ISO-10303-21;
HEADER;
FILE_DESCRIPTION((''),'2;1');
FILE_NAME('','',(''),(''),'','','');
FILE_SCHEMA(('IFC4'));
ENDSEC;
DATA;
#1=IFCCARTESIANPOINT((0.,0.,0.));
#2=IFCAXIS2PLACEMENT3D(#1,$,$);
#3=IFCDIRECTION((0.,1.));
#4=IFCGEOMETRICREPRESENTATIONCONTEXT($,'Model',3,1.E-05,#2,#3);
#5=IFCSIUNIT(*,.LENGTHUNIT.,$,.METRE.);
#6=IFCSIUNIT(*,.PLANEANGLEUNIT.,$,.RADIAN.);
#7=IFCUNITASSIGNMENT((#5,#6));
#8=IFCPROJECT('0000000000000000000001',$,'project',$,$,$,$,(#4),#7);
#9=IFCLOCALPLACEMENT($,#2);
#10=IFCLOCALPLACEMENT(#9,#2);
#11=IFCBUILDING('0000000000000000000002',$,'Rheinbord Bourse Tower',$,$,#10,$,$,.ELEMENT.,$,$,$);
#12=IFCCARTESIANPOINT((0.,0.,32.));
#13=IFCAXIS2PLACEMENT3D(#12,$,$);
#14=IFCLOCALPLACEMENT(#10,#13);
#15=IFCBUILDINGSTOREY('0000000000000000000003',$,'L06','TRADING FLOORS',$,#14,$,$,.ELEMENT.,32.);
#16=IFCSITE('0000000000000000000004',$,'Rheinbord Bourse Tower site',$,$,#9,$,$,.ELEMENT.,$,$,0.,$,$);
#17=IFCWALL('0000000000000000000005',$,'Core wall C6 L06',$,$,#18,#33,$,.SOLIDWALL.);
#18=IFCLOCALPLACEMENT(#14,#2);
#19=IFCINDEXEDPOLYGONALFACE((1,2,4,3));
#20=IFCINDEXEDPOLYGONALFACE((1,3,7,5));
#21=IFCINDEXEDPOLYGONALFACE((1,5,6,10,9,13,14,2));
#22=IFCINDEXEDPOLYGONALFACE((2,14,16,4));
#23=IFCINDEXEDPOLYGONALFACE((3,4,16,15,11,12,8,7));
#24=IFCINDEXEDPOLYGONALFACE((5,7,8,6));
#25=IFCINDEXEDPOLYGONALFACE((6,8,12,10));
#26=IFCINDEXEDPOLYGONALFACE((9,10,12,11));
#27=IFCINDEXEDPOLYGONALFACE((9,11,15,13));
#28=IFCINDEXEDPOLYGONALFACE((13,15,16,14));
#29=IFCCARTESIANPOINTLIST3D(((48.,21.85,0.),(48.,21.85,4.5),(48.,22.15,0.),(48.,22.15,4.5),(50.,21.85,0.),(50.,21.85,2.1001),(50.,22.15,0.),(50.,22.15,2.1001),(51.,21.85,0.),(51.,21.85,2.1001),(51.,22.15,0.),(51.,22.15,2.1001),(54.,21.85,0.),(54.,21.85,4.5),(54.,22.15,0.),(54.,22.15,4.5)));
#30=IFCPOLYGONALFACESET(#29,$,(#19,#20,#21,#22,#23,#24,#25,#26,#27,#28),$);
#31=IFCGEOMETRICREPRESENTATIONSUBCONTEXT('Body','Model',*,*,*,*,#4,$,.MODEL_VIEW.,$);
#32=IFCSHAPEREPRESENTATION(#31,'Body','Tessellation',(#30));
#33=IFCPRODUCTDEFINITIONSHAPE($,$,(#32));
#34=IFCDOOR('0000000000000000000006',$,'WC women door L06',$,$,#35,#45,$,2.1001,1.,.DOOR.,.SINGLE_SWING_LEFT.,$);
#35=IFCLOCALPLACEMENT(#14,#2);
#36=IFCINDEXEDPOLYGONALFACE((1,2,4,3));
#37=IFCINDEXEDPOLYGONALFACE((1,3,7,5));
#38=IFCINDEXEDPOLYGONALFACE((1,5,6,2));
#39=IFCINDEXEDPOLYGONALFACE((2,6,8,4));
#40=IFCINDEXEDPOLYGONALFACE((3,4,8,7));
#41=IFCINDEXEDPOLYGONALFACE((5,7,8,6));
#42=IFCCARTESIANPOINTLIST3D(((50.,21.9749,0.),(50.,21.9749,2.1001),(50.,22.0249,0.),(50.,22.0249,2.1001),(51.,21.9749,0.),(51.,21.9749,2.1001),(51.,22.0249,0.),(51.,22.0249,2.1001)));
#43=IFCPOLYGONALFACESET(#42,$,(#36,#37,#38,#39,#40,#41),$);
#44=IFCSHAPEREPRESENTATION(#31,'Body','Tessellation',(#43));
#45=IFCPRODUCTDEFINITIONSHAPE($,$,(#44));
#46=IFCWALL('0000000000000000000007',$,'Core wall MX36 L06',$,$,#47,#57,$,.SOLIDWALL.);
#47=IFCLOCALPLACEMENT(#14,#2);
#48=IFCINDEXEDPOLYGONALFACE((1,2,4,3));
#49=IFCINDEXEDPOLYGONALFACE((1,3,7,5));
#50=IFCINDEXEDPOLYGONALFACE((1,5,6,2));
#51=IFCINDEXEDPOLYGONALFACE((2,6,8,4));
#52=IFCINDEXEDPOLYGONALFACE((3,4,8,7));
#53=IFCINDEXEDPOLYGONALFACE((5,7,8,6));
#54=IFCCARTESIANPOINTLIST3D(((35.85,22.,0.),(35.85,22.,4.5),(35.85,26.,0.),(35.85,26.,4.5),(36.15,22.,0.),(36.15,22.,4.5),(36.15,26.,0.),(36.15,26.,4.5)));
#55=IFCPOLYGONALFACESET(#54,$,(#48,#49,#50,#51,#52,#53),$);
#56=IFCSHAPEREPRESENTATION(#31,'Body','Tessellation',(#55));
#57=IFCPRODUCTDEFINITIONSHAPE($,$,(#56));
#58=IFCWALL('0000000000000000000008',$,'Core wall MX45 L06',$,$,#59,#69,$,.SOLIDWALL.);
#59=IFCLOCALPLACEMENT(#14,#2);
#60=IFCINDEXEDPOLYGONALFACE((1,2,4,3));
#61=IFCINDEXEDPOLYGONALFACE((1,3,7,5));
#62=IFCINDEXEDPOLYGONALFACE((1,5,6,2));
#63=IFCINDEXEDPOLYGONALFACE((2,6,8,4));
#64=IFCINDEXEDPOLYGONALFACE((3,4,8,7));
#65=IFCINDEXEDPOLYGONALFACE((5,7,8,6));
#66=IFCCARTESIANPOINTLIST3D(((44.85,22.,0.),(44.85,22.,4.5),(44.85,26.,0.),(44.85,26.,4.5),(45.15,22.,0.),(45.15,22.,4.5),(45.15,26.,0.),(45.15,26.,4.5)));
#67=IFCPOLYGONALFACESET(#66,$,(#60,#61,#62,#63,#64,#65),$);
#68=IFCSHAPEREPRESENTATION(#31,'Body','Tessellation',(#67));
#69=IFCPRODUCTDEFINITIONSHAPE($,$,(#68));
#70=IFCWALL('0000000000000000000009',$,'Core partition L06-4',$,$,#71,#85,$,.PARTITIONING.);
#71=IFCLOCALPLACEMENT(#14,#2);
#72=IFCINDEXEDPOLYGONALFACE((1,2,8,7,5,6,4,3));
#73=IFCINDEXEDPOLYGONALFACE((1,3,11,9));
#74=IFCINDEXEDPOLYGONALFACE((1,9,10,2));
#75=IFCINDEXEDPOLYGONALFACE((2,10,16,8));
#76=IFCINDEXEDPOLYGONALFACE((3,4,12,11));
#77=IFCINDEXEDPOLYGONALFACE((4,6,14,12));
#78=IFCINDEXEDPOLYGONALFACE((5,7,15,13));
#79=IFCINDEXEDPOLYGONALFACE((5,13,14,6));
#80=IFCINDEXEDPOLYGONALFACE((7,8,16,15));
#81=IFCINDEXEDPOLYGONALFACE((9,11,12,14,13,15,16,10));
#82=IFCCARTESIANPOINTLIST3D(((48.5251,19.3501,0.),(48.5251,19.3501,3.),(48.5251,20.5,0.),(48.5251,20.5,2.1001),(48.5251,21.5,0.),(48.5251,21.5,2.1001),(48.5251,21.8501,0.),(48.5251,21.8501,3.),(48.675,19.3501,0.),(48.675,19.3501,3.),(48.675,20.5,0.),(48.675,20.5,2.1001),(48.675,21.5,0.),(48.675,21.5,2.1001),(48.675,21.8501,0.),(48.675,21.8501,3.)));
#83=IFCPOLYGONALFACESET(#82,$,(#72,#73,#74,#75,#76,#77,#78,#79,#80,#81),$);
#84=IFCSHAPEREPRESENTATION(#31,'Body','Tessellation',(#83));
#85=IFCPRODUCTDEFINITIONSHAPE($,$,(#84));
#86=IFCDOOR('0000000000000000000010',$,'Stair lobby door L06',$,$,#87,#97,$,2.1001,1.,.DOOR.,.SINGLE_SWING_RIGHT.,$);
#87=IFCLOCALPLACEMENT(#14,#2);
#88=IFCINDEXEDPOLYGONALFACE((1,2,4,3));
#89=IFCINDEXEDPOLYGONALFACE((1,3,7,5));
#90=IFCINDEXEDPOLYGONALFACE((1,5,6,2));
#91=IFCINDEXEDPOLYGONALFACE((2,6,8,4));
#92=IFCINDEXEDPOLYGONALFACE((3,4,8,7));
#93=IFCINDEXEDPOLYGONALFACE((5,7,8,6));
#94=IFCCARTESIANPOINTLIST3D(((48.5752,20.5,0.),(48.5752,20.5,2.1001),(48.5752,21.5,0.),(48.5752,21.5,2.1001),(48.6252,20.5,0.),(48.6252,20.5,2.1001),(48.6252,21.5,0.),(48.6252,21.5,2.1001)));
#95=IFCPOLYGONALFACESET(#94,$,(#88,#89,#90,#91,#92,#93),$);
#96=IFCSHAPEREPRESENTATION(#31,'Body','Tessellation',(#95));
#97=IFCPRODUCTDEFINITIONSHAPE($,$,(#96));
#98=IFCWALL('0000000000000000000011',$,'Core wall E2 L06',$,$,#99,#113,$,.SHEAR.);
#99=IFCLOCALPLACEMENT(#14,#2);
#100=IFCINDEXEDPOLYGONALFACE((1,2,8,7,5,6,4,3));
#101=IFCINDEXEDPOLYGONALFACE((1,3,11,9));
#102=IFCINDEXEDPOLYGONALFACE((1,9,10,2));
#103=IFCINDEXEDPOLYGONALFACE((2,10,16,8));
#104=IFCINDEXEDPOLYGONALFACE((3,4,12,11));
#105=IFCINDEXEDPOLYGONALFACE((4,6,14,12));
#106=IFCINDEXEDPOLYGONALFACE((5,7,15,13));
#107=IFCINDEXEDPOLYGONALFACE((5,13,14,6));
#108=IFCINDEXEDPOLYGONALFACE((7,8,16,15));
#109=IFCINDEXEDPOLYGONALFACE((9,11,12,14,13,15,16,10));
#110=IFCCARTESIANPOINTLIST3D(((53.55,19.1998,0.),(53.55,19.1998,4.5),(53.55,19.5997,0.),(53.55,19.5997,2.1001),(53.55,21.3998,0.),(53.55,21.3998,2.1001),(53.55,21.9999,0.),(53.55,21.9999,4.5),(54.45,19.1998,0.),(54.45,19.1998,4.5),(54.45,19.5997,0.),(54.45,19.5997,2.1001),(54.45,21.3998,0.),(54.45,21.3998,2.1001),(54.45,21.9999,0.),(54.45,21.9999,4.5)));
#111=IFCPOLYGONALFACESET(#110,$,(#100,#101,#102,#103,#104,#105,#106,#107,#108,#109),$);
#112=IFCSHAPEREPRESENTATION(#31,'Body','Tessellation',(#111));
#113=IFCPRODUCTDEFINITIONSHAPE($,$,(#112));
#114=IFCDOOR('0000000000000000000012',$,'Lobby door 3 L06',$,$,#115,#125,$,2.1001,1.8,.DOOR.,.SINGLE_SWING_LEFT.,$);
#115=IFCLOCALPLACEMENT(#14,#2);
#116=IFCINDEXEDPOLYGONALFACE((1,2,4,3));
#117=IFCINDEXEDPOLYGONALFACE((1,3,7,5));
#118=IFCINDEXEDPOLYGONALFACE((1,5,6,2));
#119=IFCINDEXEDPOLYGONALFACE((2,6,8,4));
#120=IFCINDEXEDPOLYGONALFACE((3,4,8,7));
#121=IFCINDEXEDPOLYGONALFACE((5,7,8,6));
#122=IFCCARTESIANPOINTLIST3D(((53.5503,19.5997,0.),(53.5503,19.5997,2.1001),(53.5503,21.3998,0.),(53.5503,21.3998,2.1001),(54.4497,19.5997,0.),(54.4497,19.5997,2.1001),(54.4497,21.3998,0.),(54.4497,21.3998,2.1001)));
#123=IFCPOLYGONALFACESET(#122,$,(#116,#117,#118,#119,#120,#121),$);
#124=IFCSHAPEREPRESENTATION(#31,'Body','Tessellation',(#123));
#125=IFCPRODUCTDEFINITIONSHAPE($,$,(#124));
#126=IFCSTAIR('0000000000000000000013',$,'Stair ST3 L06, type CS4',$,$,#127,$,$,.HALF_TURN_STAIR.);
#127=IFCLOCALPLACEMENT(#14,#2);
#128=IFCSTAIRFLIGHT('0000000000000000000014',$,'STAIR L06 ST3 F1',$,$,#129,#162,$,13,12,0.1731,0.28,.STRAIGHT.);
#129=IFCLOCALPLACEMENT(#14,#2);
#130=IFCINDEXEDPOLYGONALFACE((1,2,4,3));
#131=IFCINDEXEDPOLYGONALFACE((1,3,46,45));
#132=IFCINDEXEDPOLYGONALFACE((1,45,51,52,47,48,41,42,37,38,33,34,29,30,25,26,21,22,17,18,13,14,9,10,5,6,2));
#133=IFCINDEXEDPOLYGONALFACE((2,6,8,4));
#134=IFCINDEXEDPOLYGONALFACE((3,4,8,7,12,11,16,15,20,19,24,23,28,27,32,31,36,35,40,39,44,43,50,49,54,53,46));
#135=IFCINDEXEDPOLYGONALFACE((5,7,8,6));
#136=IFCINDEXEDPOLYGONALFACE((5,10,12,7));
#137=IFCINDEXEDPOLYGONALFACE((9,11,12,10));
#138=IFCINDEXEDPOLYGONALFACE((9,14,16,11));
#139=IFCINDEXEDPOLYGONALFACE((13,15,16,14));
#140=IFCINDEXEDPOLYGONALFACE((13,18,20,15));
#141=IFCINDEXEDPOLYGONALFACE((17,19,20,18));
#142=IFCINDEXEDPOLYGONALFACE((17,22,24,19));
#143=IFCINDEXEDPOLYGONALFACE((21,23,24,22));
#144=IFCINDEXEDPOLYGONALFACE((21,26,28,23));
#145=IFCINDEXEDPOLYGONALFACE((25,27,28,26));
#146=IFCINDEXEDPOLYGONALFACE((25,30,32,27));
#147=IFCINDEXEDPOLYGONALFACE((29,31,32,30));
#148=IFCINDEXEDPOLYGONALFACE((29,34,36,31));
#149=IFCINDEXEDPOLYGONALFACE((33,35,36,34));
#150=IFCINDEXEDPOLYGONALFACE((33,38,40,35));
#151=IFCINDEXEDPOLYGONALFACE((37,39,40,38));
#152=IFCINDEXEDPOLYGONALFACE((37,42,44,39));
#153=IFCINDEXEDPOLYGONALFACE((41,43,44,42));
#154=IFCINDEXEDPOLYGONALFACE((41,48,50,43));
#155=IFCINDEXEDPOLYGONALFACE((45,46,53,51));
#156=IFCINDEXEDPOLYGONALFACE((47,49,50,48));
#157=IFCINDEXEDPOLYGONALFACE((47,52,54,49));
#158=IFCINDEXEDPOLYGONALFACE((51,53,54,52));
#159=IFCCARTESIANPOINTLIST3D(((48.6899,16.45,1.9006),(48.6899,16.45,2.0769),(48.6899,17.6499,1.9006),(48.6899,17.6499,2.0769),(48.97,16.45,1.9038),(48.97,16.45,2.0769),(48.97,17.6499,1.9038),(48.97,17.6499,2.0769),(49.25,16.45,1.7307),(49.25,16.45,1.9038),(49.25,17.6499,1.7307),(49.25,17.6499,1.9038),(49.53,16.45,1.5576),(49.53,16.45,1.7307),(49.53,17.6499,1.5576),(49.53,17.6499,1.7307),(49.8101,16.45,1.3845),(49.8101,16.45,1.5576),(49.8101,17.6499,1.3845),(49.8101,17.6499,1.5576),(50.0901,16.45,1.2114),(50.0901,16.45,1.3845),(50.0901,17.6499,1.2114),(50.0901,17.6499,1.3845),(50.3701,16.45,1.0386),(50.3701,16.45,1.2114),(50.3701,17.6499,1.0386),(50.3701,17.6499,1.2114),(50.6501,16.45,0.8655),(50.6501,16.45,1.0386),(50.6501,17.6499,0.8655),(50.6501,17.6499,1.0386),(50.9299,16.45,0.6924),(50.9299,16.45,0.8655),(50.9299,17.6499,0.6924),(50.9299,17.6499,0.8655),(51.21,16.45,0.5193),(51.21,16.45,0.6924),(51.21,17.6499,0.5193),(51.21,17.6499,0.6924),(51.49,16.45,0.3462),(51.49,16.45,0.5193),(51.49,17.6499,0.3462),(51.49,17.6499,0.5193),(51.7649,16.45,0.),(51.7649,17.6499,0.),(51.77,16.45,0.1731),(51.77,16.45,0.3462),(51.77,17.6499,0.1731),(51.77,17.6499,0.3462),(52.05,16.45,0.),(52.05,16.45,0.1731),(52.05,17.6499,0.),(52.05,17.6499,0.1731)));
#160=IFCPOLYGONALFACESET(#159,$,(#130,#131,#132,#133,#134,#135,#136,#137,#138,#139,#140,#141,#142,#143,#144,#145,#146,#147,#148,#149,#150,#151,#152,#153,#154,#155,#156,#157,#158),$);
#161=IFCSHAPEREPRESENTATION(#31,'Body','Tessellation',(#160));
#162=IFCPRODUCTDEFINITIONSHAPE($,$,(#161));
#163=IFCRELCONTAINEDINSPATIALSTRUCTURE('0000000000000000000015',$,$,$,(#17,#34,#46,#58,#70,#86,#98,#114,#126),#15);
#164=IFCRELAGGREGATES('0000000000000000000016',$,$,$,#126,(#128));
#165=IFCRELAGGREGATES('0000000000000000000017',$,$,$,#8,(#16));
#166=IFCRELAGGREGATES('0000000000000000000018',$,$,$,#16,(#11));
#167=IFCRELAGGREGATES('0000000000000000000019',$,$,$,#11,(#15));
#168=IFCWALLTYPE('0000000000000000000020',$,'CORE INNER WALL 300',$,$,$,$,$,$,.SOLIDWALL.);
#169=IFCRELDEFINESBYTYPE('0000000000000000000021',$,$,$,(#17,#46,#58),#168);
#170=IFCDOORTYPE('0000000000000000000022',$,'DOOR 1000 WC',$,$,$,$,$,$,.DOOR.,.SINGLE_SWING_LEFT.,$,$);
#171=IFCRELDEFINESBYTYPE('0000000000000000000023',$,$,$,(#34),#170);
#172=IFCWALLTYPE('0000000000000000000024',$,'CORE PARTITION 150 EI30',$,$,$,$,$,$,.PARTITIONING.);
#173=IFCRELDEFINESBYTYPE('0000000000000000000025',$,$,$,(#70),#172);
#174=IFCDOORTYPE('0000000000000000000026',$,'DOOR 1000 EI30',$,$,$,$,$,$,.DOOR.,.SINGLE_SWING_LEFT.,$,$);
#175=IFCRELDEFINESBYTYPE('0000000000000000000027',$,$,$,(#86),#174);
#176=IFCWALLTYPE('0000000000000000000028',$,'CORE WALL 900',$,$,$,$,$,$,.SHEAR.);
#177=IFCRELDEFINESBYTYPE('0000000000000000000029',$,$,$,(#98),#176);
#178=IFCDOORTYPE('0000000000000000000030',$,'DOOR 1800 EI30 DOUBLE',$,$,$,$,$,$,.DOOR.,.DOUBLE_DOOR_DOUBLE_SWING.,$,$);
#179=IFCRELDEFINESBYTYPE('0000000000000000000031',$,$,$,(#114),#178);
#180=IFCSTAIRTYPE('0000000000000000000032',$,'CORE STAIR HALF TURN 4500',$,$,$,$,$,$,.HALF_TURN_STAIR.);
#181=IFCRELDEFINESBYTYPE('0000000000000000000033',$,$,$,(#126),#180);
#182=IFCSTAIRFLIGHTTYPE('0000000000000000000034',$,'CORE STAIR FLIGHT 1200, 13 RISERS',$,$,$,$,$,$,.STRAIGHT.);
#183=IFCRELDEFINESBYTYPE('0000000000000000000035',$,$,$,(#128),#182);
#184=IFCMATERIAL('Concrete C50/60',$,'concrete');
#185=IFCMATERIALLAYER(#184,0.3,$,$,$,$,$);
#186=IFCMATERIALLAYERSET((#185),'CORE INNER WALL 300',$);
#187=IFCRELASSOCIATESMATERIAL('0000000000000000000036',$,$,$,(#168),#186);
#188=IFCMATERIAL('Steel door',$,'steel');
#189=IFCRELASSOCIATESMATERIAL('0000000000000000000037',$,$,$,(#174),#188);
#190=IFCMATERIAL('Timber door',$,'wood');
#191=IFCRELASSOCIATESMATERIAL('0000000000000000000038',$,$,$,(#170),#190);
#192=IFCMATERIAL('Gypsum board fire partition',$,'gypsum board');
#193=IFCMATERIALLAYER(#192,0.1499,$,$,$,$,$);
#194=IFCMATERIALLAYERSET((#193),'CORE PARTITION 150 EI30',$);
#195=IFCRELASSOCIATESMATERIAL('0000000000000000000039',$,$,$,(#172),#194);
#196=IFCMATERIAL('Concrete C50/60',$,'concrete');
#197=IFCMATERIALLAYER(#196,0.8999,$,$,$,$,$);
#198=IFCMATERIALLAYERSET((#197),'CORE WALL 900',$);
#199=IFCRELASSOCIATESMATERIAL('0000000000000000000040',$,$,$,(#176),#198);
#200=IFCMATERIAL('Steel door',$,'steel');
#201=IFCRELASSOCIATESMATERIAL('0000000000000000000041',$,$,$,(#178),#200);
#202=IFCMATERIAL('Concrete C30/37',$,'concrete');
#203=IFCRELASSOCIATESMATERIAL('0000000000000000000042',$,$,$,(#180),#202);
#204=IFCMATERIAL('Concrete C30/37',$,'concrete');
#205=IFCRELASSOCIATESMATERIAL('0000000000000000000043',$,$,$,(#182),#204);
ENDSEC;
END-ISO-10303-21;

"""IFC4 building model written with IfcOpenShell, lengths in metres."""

from ifc_helpers import new_model, si_unit, direction, frame, frame_2d, origin, place, context, subcontext, project, spatial, polyline, rectangle, outline, extrude, material, layer, layer_set, type_object, element, fill, aggregate, save


model = new_model("IFC4")

# Units and contexts
model_context = context("Model", 3, precision=1e-05, world=origin(), true_north=direction((0.0, 1.0)))
body_context = subcontext(model_context, "Body", "Model", "MODEL_VIEW")
ifc_project = project(units=[si_unit("LENGTHUNIT", "METRE"), si_unit("PLANEANGLEUNIT", "RADIAN")], contexts=[model_context])

# Site, building, storey
site_placement = place(None, origin())
site = spatial("IfcSite", under=ifc_project, at=site_placement, Name="Rheinbord Bourse Tower site", CompositionType="ELEMENT", RefElevation=0.0)
building_placement = place(site_placement, origin())
building = spatial("IfcBuilding", under=site, at=building_placement, Name="Rheinbord Bourse Tower", CompositionType="ELEMENT")
storey_placement = place(building_placement, frame((0.0, 0.0, 32.0)))
storey = spatial("IfcBuildingStorey", under=building, at=storey_placement, Name="L06", Description="TRADING FLOORS", CompositionType="ELEMENT", Elevation=32.0)

# Shared definitions
ifc_material_1 = material(Name="Concrete C50/60", Category="concrete")
ifc_layer_1 = layer(ifc_material_1, 0.3)
ifc_layer_set_1 = layer_set([ifc_layer_1], Name="CORE INNER WALL 300")
wall_type_1 = type_object("IfcWallType", Name="CORE INNER WALL 300", PredefinedType="SOLIDWALL", material=ifc_layer_set_1)

# Wall, opening, door
ifc_material_2 = material(Name="Steel door", Category="steel")
door_type_1 = type_object("IfcDoorType", Name="DOOR 1000 EI30", OperationType="SINGLE_SWING_LEFT", PredefinedType="DOOR", material=ifc_material_2)
ifc_material_3 = material(Name="Timber door", Category="wood")
door_type_2 = type_object("IfcDoorType", Name="DOOR 1000 WC", OperationType="SINGLE_SWING_LEFT", PredefinedType="DOOR", material=ifc_material_3)
wall_1_placement = place(storey_placement, frame((48.0, 22.0, 0.0), z_axis=(0.0, 0.0, 1.0), x_axis=(1.0, 0.0, 0.0)))
wall_1 = element("IfcWall", 1, at=wall_1_placement, inside=storey, type_object=wall_type_1, Name="Core wall C6 L06", PredefinedType="SOLIDWALL", context=body_context, shape_type="SweptSolid", body=[
    extrude(rectangle(XDim=6.0, YDim=0.3, at=frame_2d((3.0, 0.0))), origin(), (0.0, 0.0, 1.0), 4.5),
])
opening_1_placement = place(wall_1_placement, frame((2.0, 0.0, 0.0)))
opening_1 = element("IfcOpeningElement", 2, at=opening_1_placement, cuts=wall_1, PredefinedType="OPENING", context=body_context, shape_type="SweptSolid", body=[
    extrude(rectangle(XDim=1.0, YDim=2.1001, at=frame_2d((0.5, 1.05))), frame((0.0, 0.1599, 0.0), z_axis=(0.0, -1.0, 0.0), x_axis=(1.0, 0.0, 0.0)), (0.0, 0.0, 1.0), 0.3201),
])
door_1_placement = place(opening_1_placement, origin())
door_1 = element("IfcDoor", 3, at=door_1_placement, inside=storey, type_object=door_type_2, Name="WC women door L06", OperationType="SINGLE_SWING_LEFT", OverallHeight=2.1001, OverallWidth=1.0, PredefinedType="DOOR", context=body_context, shape_type="SweptSolid", body=[
    extrude(rectangle(XDim=1.0, YDim=2.1001, at=frame_2d((0.5, 1.05))), frame((0.0, 0.0249, 0.0), z_axis=(0.0, -1.0, 0.0), x_axis=(1.0, 0.0, 0.0)), (0.0, 0.0, 1.0), 0.05),
])
fill(opening_1, door_1)

# Walls
for number, where, z_axis, x_axis, name in (
    (4, (36.0, 22.0, 0.0), (0.0, 0.0, 1.0), (0.0, 1.0, 0.0), "Core wall MX36 L06"),
    (5, (45.0, 22.0, 0.0), (0.0, 0.0, 1.0), (0.0, 1.0, 0.0), "Core wall MX45 L06"),
):
    element("IfcWall", number, at=place(storey_placement, frame(where, z_axis=z_axis, x_axis=x_axis)), inside=storey, type_object=wall_type_1, Name=name, PredefinedType="SOLIDWALL", context=body_context, shape_type="SweptSolid", body=[
        extrude(rectangle(XDim=4.0, YDim=0.3, at=frame_2d((2.0, 0.0))), origin(), (0.0, 0.0, 1.0), 4.5),
    ])

# Walls, openings, doors
ifc_material_4 = material(Name="Gypsum board fire partition", Category="gypsum board")
ifc_layer_2 = layer(ifc_material_4, 0.1499)
ifc_layer_set_2 = layer_set([ifc_layer_2], Name="CORE PARTITION 150 EI30")
wall_type_2 = type_object("IfcWallType", Name="CORE PARTITION 150 EI30", PredefinedType="PARTITIONING", material=ifc_layer_set_2)
wall_2_placement = place(storey_placement, frame((48.6001, 19.3501, 0.0), z_axis=(0.0, 0.0, 1.0), x_axis=(0.0, 1.0, 0.0)))
wall_2 = element("IfcWall", 6, at=wall_2_placement, inside=storey, type_object=wall_type_2, Name="Core partition L06-4", PredefinedType="PARTITIONING", context=body_context, shape_type="SweptSolid", body=[
    extrude(rectangle(XDim=2.5, YDim=0.1499, at=frame_2d((1.25, 0.0))), origin(), (0.0, 0.0, 1.0), 3.0),
])
opening_2_placement = place(wall_2_placement, frame((1.1499, 0.0, 0.0)))
opening_2 = element("IfcOpeningElement", 7, at=opening_2_placement, cuts=wall_2, PredefinedType="OPENING", context=body_context, shape_type="SweptSolid", body=[
    extrude(rectangle(XDim=1.0, YDim=2.1001, at=frame_2d((0.5, 1.05))), frame((0.0, 0.085, 0.0), z_axis=(0.0, -1.0, 0.0), x_axis=(1.0, 0.0, 0.0)), (0.0, 0.0, 1.0), 0.1699),
])
door_2_placement = place(opening_2_placement, origin())
door_2 = element("IfcDoor", 8, at=door_2_placement, inside=storey, type_object=door_type_1, Name="Stair lobby door L06", OperationType="SINGLE_SWING_RIGHT", OverallHeight=2.1001, OverallWidth=1.0, PredefinedType="DOOR", context=body_context, shape_type="SweptSolid", body=[
    extrude(rectangle(XDim=1.0, YDim=2.1001, at=frame_2d((0.5, 1.05))), frame((0.0, 0.0249, 0.0), z_axis=(0.0, -1.0, 0.0), x_axis=(1.0, 0.0, 0.0)), (0.0, 0.0, 1.0), 0.05),
])
fill(opening_2, door_2)
ifc_material_5 = material(Name="Concrete C50/60", Category="concrete")
ifc_layer_3 = layer(ifc_material_5, 0.8999)
ifc_layer_set_3 = layer_set([ifc_layer_3], Name="CORE WALL 900")
wall_type_3 = type_object("IfcWallType", Name="CORE WALL 900", PredefinedType="SHEAR", material=ifc_layer_set_3)
wall_3_placement = place(storey_placement, frame((54.0, 19.2, 0.0), z_axis=(0.0, 0.0, 1.0), x_axis=(0.0, 1.0, 0.0)))
wall_3 = element("IfcWall", 9, at=wall_3_placement, inside=storey, type_object=wall_type_3, Name="Core wall E2 L06", PredefinedType="SHEAR", context=body_context, shape_type="SweptSolid", body=[
    extrude(rectangle(XDim=2.8, YDim=0.8999, at=frame_2d((1.3999, 0.0))), origin(), (0.0, 0.0, 1.0), 4.5),
])
opening_3_placement = place(wall_3_placement, frame((0.3999, 0.0, 0.0)))
opening_3 = element("IfcOpeningElement", 10, at=opening_3_placement, cuts=wall_3, PredefinedType="OPENING", context=body_context, shape_type="SweptSolid", body=[
    extrude(rectangle(XDim=1.8, YDim=2.1001, at=frame_2d((0.8999, 1.05))), frame((0.0, 0.46, 0.0), z_axis=(0.0, -1.0, 0.0), x_axis=(1.0, 0.0, 0.0)), (0.0, 0.0, 1.0), 0.9199),
])
ifc_material_6 = material(Name="Steel door", Category="steel")
door_type_3 = type_object("IfcDoorType", Name="DOOR 1800 EI30 DOUBLE", OperationType="DOUBLE_DOOR_DOUBLE_SWING", PredefinedType="DOOR", material=ifc_material_6)
door_3_placement = place(opening_3_placement, origin())
door_3 = element("IfcDoor", 11, at=door_3_placement, inside=storey, type_object=door_type_3, Name="Lobby door 3 L06", OperationType="SINGLE_SWING_LEFT", OverallHeight=2.1001, OverallWidth=1.8, PredefinedType="DOOR", context=body_context, shape_type="SweptSolid", body=[
    extrude(rectangle(XDim=1.8, YDim=2.1001, at=frame_2d((0.8999, 1.05))), frame((0.0, 0.4497, 0.0), z_axis=(0.0, -1.0, 0.0), x_axis=(1.0, 0.0, 0.0)), (0.0, 0.0, 1.0), 0.8994),
])
fill(opening_3, door_3)

# Stair, stair flight
ifc_material_7 = material(Name="Concrete C30/37", Category="concrete")
stair_type = type_object("IfcStairType", Name="CORE STAIR HALF TURN 4500", PredefinedType="HALF_TURN_STAIR", material=ifc_material_7)
stair_placement = place(storey_placement, origin())
stair = element("IfcStair", 12, at=stair_placement, inside=storey, type_object=stair_type, Name="Stair ST3 L06, type CS4", PredefinedType="HALF_TURN_STAIR")
ifc_material_8 = material(Name="Concrete C30/37", Category="concrete")
stair_flight_type = type_object("IfcStairFlightType", Name="CORE STAIR FLIGHT 1200, 13 RISERS", PredefinedType="STRAIGHT", material=ifc_material_8)
stair_flight_1_placement = place(storey_placement, frame((52.05, 17.05, 0.0), z_axis=(0.0, 0.0, 1.0), x_axis=(-1.0, 0.0, 0.0)))
stair_flight_1 = element("IfcStairFlight", 13, at=stair_flight_1_placement, type_object=stair_flight_type, Name="STAIR L06 ST3 F1", NumberOfRisers=13, NumberOfTreads=12, PredefinedType="STRAIGHT", RiserHeight=0.1731, TreadLength=0.28, context=body_context, shape_type="SweptSolid", body=[
    extrude(outline(polyline([(0.0, 0.0), (0.0, 0.1731), (0.28, 0.1731), (0.28, 0.3462), (0.5601, 0.3462), (0.5601, 0.5193), (0.8401, 0.5193), (0.8401, 0.6924), (1.1201, 0.6924), (1.1201, 0.8655), (1.3999, 0.8655), (1.3999, 1.0386), (1.6799, 1.0386), (1.6799, 1.2114), (1.96, 1.2114), (1.96, 1.3845), (2.24, 1.3845), (2.24, 1.5576), (2.52, 1.5576), (2.52, 1.7307), (2.8, 1.7307), (2.8, 1.9038), (3.0801, 1.9038), (3.0801, 2.0769), (3.3601, 2.0769), (3.3601, 2.25), (3.3601, 1.9006), (0.2852, 0.0), (0.0, 0.0)])), frame((0.0, 0.6001, 0.0), z_axis=(0.0, -1.0, 0.0), x_axis=(1.0, 0.0, 0.0)), (0.0, 0.0, 1.0), 1.2),
])
aggregate(stair, [stair_flight_1])

save(model, "model.ifc")
